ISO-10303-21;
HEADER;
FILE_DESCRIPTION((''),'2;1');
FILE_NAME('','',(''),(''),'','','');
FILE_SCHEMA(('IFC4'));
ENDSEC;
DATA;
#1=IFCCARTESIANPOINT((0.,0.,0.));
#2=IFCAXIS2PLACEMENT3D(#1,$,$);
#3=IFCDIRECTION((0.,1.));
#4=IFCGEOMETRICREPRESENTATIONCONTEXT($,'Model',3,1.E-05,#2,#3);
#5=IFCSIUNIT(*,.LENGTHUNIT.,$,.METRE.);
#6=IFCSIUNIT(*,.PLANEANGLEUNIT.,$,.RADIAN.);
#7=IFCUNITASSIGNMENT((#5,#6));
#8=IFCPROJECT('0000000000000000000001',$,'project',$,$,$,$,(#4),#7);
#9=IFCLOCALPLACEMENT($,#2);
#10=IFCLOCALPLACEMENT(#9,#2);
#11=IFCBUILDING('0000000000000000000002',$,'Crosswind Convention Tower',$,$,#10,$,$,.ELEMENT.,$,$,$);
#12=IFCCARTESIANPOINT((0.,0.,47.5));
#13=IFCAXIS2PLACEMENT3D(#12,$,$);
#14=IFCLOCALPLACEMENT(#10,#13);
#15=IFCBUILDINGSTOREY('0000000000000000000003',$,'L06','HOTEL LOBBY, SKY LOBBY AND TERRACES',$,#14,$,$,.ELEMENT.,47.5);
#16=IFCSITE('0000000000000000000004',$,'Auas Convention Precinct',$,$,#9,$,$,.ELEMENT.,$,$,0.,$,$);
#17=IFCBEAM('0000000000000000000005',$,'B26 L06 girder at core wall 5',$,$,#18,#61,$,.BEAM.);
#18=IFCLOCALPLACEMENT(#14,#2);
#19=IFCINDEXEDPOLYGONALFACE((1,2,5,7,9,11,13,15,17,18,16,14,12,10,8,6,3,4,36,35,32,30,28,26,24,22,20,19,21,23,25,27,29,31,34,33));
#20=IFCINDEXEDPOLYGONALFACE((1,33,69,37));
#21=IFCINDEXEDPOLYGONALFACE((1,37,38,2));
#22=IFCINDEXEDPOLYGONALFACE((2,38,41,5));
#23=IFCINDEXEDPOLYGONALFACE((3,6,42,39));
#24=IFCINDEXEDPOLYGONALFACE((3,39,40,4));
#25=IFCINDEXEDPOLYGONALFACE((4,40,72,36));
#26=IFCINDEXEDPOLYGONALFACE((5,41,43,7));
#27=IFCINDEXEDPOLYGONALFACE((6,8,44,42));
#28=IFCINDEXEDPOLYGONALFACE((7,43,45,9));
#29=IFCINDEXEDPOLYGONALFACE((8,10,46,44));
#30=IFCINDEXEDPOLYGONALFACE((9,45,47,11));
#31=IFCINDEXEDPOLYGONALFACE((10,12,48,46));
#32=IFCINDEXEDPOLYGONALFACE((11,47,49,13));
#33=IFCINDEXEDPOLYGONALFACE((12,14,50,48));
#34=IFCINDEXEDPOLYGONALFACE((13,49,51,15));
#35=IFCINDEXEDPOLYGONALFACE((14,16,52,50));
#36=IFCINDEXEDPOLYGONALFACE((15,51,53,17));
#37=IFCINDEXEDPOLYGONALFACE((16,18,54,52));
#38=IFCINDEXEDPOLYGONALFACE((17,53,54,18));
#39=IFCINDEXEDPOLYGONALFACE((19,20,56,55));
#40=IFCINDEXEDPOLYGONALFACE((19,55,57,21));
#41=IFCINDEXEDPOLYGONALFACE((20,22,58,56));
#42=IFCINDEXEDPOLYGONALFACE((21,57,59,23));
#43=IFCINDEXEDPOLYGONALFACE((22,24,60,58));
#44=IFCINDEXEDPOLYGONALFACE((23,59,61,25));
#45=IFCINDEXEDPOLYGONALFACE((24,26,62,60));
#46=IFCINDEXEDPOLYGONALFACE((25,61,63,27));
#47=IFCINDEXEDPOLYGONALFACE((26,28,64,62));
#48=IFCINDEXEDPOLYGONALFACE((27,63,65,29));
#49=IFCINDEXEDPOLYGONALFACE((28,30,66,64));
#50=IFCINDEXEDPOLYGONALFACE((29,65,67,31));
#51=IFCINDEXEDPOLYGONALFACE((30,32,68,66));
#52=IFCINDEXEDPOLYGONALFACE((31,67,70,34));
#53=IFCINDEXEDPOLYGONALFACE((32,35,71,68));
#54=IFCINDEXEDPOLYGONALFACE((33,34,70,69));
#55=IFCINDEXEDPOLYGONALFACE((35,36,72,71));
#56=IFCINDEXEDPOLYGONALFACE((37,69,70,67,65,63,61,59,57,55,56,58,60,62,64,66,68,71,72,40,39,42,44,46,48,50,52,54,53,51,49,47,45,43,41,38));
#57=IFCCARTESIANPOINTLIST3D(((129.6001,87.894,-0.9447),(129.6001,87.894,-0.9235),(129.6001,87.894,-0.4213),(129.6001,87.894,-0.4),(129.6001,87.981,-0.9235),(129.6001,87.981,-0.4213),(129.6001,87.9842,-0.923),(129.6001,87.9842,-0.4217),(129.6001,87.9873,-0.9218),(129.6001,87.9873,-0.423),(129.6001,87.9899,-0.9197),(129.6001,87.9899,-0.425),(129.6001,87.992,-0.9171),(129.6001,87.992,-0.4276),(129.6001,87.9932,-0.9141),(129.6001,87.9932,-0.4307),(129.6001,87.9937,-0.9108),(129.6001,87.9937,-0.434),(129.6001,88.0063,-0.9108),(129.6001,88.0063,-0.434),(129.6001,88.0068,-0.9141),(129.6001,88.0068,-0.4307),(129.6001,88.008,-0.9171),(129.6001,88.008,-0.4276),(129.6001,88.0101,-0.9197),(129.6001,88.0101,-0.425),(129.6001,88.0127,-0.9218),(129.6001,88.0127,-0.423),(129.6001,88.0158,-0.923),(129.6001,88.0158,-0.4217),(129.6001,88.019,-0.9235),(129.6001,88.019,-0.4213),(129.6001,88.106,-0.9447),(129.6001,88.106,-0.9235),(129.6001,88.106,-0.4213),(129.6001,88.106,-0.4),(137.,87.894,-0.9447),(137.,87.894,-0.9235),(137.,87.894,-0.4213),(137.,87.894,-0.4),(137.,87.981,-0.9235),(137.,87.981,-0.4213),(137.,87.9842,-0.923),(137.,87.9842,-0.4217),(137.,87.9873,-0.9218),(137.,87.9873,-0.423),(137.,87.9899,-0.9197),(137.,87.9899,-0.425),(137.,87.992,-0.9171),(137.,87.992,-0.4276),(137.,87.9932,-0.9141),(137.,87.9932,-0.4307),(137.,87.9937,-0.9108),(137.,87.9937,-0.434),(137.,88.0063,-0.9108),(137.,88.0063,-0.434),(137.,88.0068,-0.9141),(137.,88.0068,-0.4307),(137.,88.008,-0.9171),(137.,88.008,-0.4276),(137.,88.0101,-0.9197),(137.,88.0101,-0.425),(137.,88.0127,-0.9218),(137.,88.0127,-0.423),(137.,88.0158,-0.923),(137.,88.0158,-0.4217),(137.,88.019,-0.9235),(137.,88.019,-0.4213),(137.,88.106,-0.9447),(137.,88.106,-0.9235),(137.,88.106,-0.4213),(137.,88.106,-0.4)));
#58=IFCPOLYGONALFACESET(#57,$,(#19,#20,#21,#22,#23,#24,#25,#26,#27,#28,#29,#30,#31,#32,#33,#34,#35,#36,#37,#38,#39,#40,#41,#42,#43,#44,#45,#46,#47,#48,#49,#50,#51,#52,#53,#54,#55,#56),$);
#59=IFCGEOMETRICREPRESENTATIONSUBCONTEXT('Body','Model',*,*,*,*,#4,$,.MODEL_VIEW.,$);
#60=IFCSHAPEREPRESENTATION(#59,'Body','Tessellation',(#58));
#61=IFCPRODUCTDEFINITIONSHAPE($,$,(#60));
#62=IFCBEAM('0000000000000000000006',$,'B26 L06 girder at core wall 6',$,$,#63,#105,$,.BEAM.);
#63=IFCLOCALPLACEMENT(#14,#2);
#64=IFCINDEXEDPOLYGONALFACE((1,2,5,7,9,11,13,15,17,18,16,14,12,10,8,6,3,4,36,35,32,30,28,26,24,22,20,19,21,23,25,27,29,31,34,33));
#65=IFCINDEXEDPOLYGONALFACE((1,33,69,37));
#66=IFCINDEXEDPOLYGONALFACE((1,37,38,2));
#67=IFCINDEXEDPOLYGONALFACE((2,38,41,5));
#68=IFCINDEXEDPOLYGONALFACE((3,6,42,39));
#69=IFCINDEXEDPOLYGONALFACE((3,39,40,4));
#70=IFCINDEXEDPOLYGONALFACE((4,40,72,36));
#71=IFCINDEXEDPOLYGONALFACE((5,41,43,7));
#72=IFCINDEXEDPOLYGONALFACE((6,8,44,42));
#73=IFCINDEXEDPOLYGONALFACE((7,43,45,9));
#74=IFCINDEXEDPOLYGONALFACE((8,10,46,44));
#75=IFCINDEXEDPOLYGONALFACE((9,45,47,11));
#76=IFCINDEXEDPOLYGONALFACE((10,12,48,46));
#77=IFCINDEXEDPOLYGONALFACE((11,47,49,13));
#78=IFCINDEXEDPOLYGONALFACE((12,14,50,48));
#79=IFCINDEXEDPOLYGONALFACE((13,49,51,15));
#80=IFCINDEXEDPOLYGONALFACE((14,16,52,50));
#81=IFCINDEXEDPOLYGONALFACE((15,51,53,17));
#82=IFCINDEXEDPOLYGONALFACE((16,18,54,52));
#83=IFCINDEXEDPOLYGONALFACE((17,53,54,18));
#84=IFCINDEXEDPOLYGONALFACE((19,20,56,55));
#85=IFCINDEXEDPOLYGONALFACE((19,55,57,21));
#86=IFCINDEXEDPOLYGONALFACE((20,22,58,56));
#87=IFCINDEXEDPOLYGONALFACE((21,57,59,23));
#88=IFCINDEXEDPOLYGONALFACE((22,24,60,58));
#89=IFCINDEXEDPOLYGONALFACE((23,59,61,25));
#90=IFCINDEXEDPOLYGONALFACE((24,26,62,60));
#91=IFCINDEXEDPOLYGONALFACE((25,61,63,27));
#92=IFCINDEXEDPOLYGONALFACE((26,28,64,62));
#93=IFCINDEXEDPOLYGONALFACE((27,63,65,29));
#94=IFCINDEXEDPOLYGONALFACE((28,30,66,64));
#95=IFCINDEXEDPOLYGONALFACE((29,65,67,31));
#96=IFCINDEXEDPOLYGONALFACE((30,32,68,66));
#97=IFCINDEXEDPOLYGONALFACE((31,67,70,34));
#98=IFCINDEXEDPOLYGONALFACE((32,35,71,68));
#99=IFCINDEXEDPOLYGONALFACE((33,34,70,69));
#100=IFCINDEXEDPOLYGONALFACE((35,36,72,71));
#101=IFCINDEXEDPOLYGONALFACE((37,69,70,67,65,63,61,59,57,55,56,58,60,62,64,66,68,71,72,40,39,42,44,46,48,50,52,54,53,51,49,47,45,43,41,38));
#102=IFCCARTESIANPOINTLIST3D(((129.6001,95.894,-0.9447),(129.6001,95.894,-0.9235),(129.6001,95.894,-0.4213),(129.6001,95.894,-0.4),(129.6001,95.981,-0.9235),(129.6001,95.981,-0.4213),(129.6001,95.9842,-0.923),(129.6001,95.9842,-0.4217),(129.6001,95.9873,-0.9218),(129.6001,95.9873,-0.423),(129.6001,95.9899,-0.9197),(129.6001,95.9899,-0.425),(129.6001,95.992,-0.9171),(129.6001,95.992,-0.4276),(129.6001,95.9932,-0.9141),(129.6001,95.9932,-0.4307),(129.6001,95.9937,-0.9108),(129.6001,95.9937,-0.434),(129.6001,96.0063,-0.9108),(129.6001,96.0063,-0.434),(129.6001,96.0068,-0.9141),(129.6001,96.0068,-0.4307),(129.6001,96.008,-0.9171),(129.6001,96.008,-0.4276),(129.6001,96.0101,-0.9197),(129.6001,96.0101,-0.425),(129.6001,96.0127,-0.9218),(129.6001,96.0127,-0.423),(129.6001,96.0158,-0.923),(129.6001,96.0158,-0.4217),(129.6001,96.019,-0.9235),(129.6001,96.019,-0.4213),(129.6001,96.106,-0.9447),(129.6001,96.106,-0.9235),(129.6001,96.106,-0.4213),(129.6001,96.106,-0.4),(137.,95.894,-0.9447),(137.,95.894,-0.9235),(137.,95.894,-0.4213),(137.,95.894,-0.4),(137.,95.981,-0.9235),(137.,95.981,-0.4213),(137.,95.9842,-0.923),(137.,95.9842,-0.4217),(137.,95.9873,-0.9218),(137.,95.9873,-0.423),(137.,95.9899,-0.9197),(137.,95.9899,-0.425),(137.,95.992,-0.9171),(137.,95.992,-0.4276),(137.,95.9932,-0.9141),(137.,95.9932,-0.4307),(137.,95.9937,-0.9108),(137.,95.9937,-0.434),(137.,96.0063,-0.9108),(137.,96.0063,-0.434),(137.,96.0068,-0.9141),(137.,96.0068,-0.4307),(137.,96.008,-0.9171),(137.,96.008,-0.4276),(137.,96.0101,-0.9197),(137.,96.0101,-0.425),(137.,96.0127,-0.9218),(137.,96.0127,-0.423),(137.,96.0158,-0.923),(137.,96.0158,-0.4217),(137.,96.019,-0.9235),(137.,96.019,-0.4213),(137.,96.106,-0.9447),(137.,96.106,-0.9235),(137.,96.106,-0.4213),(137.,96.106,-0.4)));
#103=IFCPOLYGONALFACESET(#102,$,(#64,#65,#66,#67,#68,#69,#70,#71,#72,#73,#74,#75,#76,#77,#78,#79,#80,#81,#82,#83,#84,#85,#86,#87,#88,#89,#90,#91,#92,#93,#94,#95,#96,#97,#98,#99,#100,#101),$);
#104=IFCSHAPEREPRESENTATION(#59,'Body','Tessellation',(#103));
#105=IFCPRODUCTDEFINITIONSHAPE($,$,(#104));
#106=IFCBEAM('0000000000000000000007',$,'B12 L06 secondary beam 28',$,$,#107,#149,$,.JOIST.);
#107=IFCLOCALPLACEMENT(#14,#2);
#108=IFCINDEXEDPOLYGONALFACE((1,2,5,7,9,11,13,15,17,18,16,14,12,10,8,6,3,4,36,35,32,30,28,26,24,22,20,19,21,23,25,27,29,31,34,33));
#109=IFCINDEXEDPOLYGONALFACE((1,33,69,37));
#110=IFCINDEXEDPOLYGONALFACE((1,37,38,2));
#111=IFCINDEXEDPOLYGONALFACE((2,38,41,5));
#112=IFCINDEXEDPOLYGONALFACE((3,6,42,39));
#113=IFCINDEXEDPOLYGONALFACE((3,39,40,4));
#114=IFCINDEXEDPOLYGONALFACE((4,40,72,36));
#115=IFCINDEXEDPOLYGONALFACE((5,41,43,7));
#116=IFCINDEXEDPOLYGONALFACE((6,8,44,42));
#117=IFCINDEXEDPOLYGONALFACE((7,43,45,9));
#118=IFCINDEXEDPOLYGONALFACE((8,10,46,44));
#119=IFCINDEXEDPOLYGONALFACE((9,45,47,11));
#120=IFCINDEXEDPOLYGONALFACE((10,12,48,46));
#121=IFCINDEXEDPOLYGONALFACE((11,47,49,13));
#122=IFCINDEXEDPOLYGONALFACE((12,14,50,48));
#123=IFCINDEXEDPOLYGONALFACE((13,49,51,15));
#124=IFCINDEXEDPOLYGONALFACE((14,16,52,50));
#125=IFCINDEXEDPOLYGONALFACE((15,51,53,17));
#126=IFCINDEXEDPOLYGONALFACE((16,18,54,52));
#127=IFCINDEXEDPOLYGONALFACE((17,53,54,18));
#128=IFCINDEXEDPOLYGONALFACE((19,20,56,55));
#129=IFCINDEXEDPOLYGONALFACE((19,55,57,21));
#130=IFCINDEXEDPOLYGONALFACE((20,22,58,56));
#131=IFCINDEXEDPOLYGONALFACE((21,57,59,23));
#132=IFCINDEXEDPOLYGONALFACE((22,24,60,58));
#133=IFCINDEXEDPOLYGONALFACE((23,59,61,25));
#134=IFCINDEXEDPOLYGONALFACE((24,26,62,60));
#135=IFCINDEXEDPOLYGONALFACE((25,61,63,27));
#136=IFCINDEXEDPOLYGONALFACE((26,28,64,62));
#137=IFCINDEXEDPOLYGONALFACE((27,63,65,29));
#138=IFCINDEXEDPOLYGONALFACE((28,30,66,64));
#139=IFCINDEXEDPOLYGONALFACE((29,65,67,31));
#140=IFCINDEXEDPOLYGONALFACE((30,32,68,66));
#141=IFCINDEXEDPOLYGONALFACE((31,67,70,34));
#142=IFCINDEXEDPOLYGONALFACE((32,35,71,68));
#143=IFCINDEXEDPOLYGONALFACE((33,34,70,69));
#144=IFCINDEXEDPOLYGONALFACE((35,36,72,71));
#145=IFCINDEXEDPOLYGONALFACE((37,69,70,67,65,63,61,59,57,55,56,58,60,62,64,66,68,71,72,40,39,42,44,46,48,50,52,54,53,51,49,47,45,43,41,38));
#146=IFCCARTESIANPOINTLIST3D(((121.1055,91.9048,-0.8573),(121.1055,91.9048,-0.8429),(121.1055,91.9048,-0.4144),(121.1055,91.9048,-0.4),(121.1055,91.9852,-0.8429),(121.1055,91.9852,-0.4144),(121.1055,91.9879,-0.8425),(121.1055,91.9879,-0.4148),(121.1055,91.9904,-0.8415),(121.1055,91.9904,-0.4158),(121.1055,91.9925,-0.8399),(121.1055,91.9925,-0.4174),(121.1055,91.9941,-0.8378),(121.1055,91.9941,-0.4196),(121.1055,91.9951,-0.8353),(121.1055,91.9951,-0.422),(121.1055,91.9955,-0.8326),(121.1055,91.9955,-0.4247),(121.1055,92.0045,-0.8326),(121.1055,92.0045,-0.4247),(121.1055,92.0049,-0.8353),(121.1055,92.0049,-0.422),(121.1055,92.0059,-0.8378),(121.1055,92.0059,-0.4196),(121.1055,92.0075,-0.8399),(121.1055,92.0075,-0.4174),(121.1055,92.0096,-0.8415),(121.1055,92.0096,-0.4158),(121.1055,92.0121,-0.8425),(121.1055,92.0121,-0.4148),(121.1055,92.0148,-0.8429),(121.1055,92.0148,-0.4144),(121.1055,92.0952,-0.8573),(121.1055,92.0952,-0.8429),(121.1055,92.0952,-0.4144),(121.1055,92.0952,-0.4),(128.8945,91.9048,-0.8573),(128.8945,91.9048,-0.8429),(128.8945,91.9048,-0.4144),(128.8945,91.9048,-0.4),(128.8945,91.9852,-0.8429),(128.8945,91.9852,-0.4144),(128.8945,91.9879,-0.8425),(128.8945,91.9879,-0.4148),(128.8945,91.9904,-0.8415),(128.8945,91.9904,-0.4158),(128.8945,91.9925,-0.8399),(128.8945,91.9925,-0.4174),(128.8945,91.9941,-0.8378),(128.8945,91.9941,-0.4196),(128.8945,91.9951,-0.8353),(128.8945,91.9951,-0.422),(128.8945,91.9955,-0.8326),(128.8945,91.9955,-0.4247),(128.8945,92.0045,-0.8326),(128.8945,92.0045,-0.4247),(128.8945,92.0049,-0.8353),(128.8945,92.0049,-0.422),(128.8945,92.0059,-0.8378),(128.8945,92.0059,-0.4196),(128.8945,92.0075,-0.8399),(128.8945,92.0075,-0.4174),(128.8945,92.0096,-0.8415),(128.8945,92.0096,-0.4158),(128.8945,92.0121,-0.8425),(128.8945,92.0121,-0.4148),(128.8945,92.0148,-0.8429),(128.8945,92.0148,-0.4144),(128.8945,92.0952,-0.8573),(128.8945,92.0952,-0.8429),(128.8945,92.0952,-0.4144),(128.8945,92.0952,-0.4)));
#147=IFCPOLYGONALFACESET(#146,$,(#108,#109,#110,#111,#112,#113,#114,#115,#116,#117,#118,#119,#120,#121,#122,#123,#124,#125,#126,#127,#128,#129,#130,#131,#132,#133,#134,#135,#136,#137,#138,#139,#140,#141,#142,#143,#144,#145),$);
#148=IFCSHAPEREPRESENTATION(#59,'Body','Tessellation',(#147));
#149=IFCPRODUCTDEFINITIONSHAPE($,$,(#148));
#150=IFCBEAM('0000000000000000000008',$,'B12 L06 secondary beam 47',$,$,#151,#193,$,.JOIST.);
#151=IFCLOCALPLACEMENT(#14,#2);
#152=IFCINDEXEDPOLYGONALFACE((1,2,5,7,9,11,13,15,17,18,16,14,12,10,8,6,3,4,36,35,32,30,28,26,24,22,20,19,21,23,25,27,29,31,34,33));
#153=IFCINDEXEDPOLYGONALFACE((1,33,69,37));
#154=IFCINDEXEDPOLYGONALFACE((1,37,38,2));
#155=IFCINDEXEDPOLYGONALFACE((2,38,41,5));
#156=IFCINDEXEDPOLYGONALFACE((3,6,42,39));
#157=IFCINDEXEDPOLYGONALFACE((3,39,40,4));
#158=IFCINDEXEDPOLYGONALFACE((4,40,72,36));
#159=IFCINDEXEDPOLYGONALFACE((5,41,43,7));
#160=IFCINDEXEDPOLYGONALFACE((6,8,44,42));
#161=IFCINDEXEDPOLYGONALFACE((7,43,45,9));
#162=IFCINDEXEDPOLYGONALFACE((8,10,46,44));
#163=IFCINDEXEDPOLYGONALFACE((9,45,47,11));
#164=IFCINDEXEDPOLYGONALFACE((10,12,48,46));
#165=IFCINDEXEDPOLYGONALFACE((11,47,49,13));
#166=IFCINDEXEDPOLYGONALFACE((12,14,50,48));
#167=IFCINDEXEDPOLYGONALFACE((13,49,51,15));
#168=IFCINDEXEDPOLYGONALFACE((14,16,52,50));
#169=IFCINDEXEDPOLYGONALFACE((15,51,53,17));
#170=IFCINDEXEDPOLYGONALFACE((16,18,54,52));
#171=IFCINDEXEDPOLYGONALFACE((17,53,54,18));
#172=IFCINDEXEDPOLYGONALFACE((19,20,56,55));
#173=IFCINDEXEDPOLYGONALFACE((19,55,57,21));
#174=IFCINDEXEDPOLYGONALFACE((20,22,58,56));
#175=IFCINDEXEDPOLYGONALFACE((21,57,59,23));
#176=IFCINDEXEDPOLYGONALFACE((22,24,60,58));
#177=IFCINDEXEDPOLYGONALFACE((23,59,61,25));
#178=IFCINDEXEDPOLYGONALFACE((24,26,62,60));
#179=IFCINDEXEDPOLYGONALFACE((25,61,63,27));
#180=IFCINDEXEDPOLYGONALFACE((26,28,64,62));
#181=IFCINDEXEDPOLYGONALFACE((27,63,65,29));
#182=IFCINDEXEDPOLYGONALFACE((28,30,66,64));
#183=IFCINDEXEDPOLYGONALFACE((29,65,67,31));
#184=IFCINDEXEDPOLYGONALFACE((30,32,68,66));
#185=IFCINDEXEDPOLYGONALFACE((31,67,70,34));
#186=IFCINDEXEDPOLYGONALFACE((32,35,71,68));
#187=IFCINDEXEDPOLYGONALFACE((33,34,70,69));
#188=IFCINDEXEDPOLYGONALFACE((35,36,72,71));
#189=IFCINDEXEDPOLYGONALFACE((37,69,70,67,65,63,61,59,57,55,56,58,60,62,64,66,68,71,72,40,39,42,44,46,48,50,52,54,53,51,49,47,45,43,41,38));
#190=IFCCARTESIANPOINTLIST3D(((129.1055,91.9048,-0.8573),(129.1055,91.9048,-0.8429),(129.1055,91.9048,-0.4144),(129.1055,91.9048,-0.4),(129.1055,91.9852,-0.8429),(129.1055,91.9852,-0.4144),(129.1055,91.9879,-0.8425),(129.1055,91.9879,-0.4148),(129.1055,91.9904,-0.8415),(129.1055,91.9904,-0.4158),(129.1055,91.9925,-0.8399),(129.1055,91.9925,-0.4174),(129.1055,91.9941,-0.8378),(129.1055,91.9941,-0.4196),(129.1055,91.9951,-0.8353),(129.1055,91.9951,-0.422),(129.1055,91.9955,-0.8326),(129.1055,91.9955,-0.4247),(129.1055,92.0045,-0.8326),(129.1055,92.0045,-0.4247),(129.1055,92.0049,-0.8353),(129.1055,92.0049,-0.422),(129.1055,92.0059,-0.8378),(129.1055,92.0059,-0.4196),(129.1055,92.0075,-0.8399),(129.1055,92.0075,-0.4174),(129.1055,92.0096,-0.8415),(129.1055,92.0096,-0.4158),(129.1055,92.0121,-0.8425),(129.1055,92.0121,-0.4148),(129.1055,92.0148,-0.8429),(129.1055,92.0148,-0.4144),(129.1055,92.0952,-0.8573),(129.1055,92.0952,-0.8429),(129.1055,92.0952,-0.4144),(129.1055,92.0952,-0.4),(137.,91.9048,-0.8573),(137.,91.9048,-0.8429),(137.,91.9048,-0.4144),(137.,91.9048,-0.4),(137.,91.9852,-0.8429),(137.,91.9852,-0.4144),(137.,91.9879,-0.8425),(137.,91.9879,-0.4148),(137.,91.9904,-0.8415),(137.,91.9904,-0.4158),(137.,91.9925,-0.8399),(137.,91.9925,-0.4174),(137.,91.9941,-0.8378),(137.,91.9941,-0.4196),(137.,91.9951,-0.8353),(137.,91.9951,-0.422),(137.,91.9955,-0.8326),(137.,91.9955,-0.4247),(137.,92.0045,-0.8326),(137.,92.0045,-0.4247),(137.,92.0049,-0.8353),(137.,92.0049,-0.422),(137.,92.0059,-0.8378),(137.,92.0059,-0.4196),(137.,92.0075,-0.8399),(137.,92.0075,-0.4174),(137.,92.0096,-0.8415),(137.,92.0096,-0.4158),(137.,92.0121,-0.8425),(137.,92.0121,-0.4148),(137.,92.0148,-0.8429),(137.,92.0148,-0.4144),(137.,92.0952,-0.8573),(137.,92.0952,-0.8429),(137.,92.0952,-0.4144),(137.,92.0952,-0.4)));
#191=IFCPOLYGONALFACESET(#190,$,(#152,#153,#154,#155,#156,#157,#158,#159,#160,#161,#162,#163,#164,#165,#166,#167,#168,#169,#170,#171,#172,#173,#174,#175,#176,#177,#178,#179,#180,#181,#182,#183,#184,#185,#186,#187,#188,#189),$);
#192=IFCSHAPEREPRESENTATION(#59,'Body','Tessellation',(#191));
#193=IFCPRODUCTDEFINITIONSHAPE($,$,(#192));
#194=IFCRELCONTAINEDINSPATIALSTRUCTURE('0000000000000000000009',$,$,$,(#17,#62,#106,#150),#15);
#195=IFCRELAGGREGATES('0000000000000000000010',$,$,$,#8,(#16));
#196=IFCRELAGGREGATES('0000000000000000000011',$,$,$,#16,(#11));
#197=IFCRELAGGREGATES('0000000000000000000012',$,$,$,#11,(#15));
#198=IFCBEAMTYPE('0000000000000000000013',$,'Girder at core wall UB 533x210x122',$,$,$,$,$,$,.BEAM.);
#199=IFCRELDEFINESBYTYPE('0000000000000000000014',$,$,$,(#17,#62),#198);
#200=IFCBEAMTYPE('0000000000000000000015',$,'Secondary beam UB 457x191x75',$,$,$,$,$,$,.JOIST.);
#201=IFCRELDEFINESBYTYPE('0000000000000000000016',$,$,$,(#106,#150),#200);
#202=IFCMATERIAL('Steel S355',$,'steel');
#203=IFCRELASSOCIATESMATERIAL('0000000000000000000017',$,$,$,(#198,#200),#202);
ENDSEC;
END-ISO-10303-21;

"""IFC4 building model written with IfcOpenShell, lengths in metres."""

from ifc_helpers import new_model, si_unit, direction, frame, origin, origin_2d, place, context, subcontext, project, spatial, i_section, extrude, material, material_profile, profile_set, type_object, element, save


model = new_model("IFC4")

# Units and contexts
model_context = context("Model", 3, precision=1e-05, world=origin(), true_north=direction((0.0, 1.0)))
body_context = subcontext(model_context, "Body", "Model", "MODEL_VIEW")
ifc_project = project(units=[si_unit("LENGTHUNIT", "METRE"), si_unit("PLANEANGLEUNIT", "RADIAN")], contexts=[model_context])

# Site, building, storey
site_placement = place(None, origin())
site = spatial("IfcSite", under=ifc_project, at=site_placement, Name="Auas Convention Precinct", CompositionType="ELEMENT", RefElevation=0.0)
building_placement = place(site_placement, origin())
building = spatial("IfcBuilding", under=site, at=building_placement, Name="Crosswind Convention Tower", CompositionType="ELEMENT")
storey_placement = place(building_placement, frame((0.0, 0.0, 47.5)))
storey = spatial("IfcBuildingStorey", under=building, at=storey_placement, Name="L06", Description="HOTEL LOBBY, SKY LOBBY AND TERRACES", CompositionType="ELEMENT", Elevation=47.5)

# Beams
ifc_material_1 = material(Name="Steel S355", Category="steel")
ifc_material_profile_1 = material_profile(ifc_material_1, i_section(OverallWidth=0.2119, OverallDepth=0.5447, WebThickness=0.0127, FlangeThickness=0.0212, FilletRadius=0.0127, at=origin_2d()), Name="UB 533x210x122")
ifc_profile_set_1 = profile_set([ifc_material_profile_1], Name="Steel S355")
beam_type_1 = type_object("IfcBeamType", Name="Girder at core wall UB 533x210x122", PredefinedType="BEAM", material=ifc_profile_set_1)
for number, where, z_axis, x_axis, name in (
    (1, (129.6001, 88.0, -0.6724), (1.0, 0.0, 0.0), (0.0, 1.0, 0.0), "B26 L06 girder at core wall 5"),
    (2, (129.6001, 96.0, -0.6724), (1.0, 0.0, 0.0), (0.0, 1.0, 0.0), "B26 L06 girder at core wall 6"),
):
    element("IfcBeam", number, at=place(storey_placement, frame(where, z_axis=z_axis, x_axis=x_axis)), inside=storey, type_object=beam_type_1, Name=name, PredefinedType="BEAM", context=body_context, shape_type="SweptSolid", body=[
        extrude(i_section(OverallWidth=0.2119, OverallDepth=0.5447, WebThickness=0.0127, FlangeThickness=0.0212, FilletRadius=0.0127, at=origin_2d()), origin(), (0.0, 0.0, 1.0), 7.3999),
    ])
ifc_material_profile_2 = material_profile(ifc_material_1, i_section(OverallWidth=0.1904, OverallDepth=0.4573, WebThickness=0.009, FlangeThickness=0.0144, FilletRadius=0.0103, at=origin_2d()), Name="UB 457x191x75")
ifc_profile_set_2 = profile_set([ifc_material_profile_2], Name="Steel S355")
beam_type_2 = type_object("IfcBeamType", Name="Secondary beam UB 457x191x75", PredefinedType="JOIST", material=ifc_profile_set_2)
beam_1_placement = place(storey_placement, frame((121.1055, 92.0, -0.6287), z_axis=(1.0, 0.0, 0.0), x_axis=(0.0, 1.0, 0.0)))
element("IfcBeam", 3, at=beam_1_placement, inside=storey, type_object=beam_type_2, Name="B12 L06 secondary beam 28", PredefinedType="JOIST", context=body_context, shape_type="SweptSolid", body=[
    extrude(i_section(OverallWidth=0.1904, OverallDepth=0.4573, WebThickness=0.009, FlangeThickness=0.0144, FilletRadius=0.0103, at=origin_2d()), origin(), (0.0, 0.0, 1.0), 7.7891),
])
beam_2_placement = place(storey_placement, frame((129.1055, 92.0, -0.6287), z_axis=(1.0, 0.0, 0.0), x_axis=(0.0, 1.0, 0.0)))
element("IfcBeam", 4, at=beam_2_placement, inside=storey, type_object=beam_type_2, Name="B12 L06 secondary beam 47", PredefinedType="JOIST", context=body_context, shape_type="SweptSolid", body=[
    extrude(i_section(OverallWidth=0.1904, OverallDepth=0.4573, WebThickness=0.009, FlangeThickness=0.0144, FilletRadius=0.0103, at=origin_2d()), origin(), (0.0, 0.0, 1.0), 7.8945),
])

save(model, "model.ifc")
